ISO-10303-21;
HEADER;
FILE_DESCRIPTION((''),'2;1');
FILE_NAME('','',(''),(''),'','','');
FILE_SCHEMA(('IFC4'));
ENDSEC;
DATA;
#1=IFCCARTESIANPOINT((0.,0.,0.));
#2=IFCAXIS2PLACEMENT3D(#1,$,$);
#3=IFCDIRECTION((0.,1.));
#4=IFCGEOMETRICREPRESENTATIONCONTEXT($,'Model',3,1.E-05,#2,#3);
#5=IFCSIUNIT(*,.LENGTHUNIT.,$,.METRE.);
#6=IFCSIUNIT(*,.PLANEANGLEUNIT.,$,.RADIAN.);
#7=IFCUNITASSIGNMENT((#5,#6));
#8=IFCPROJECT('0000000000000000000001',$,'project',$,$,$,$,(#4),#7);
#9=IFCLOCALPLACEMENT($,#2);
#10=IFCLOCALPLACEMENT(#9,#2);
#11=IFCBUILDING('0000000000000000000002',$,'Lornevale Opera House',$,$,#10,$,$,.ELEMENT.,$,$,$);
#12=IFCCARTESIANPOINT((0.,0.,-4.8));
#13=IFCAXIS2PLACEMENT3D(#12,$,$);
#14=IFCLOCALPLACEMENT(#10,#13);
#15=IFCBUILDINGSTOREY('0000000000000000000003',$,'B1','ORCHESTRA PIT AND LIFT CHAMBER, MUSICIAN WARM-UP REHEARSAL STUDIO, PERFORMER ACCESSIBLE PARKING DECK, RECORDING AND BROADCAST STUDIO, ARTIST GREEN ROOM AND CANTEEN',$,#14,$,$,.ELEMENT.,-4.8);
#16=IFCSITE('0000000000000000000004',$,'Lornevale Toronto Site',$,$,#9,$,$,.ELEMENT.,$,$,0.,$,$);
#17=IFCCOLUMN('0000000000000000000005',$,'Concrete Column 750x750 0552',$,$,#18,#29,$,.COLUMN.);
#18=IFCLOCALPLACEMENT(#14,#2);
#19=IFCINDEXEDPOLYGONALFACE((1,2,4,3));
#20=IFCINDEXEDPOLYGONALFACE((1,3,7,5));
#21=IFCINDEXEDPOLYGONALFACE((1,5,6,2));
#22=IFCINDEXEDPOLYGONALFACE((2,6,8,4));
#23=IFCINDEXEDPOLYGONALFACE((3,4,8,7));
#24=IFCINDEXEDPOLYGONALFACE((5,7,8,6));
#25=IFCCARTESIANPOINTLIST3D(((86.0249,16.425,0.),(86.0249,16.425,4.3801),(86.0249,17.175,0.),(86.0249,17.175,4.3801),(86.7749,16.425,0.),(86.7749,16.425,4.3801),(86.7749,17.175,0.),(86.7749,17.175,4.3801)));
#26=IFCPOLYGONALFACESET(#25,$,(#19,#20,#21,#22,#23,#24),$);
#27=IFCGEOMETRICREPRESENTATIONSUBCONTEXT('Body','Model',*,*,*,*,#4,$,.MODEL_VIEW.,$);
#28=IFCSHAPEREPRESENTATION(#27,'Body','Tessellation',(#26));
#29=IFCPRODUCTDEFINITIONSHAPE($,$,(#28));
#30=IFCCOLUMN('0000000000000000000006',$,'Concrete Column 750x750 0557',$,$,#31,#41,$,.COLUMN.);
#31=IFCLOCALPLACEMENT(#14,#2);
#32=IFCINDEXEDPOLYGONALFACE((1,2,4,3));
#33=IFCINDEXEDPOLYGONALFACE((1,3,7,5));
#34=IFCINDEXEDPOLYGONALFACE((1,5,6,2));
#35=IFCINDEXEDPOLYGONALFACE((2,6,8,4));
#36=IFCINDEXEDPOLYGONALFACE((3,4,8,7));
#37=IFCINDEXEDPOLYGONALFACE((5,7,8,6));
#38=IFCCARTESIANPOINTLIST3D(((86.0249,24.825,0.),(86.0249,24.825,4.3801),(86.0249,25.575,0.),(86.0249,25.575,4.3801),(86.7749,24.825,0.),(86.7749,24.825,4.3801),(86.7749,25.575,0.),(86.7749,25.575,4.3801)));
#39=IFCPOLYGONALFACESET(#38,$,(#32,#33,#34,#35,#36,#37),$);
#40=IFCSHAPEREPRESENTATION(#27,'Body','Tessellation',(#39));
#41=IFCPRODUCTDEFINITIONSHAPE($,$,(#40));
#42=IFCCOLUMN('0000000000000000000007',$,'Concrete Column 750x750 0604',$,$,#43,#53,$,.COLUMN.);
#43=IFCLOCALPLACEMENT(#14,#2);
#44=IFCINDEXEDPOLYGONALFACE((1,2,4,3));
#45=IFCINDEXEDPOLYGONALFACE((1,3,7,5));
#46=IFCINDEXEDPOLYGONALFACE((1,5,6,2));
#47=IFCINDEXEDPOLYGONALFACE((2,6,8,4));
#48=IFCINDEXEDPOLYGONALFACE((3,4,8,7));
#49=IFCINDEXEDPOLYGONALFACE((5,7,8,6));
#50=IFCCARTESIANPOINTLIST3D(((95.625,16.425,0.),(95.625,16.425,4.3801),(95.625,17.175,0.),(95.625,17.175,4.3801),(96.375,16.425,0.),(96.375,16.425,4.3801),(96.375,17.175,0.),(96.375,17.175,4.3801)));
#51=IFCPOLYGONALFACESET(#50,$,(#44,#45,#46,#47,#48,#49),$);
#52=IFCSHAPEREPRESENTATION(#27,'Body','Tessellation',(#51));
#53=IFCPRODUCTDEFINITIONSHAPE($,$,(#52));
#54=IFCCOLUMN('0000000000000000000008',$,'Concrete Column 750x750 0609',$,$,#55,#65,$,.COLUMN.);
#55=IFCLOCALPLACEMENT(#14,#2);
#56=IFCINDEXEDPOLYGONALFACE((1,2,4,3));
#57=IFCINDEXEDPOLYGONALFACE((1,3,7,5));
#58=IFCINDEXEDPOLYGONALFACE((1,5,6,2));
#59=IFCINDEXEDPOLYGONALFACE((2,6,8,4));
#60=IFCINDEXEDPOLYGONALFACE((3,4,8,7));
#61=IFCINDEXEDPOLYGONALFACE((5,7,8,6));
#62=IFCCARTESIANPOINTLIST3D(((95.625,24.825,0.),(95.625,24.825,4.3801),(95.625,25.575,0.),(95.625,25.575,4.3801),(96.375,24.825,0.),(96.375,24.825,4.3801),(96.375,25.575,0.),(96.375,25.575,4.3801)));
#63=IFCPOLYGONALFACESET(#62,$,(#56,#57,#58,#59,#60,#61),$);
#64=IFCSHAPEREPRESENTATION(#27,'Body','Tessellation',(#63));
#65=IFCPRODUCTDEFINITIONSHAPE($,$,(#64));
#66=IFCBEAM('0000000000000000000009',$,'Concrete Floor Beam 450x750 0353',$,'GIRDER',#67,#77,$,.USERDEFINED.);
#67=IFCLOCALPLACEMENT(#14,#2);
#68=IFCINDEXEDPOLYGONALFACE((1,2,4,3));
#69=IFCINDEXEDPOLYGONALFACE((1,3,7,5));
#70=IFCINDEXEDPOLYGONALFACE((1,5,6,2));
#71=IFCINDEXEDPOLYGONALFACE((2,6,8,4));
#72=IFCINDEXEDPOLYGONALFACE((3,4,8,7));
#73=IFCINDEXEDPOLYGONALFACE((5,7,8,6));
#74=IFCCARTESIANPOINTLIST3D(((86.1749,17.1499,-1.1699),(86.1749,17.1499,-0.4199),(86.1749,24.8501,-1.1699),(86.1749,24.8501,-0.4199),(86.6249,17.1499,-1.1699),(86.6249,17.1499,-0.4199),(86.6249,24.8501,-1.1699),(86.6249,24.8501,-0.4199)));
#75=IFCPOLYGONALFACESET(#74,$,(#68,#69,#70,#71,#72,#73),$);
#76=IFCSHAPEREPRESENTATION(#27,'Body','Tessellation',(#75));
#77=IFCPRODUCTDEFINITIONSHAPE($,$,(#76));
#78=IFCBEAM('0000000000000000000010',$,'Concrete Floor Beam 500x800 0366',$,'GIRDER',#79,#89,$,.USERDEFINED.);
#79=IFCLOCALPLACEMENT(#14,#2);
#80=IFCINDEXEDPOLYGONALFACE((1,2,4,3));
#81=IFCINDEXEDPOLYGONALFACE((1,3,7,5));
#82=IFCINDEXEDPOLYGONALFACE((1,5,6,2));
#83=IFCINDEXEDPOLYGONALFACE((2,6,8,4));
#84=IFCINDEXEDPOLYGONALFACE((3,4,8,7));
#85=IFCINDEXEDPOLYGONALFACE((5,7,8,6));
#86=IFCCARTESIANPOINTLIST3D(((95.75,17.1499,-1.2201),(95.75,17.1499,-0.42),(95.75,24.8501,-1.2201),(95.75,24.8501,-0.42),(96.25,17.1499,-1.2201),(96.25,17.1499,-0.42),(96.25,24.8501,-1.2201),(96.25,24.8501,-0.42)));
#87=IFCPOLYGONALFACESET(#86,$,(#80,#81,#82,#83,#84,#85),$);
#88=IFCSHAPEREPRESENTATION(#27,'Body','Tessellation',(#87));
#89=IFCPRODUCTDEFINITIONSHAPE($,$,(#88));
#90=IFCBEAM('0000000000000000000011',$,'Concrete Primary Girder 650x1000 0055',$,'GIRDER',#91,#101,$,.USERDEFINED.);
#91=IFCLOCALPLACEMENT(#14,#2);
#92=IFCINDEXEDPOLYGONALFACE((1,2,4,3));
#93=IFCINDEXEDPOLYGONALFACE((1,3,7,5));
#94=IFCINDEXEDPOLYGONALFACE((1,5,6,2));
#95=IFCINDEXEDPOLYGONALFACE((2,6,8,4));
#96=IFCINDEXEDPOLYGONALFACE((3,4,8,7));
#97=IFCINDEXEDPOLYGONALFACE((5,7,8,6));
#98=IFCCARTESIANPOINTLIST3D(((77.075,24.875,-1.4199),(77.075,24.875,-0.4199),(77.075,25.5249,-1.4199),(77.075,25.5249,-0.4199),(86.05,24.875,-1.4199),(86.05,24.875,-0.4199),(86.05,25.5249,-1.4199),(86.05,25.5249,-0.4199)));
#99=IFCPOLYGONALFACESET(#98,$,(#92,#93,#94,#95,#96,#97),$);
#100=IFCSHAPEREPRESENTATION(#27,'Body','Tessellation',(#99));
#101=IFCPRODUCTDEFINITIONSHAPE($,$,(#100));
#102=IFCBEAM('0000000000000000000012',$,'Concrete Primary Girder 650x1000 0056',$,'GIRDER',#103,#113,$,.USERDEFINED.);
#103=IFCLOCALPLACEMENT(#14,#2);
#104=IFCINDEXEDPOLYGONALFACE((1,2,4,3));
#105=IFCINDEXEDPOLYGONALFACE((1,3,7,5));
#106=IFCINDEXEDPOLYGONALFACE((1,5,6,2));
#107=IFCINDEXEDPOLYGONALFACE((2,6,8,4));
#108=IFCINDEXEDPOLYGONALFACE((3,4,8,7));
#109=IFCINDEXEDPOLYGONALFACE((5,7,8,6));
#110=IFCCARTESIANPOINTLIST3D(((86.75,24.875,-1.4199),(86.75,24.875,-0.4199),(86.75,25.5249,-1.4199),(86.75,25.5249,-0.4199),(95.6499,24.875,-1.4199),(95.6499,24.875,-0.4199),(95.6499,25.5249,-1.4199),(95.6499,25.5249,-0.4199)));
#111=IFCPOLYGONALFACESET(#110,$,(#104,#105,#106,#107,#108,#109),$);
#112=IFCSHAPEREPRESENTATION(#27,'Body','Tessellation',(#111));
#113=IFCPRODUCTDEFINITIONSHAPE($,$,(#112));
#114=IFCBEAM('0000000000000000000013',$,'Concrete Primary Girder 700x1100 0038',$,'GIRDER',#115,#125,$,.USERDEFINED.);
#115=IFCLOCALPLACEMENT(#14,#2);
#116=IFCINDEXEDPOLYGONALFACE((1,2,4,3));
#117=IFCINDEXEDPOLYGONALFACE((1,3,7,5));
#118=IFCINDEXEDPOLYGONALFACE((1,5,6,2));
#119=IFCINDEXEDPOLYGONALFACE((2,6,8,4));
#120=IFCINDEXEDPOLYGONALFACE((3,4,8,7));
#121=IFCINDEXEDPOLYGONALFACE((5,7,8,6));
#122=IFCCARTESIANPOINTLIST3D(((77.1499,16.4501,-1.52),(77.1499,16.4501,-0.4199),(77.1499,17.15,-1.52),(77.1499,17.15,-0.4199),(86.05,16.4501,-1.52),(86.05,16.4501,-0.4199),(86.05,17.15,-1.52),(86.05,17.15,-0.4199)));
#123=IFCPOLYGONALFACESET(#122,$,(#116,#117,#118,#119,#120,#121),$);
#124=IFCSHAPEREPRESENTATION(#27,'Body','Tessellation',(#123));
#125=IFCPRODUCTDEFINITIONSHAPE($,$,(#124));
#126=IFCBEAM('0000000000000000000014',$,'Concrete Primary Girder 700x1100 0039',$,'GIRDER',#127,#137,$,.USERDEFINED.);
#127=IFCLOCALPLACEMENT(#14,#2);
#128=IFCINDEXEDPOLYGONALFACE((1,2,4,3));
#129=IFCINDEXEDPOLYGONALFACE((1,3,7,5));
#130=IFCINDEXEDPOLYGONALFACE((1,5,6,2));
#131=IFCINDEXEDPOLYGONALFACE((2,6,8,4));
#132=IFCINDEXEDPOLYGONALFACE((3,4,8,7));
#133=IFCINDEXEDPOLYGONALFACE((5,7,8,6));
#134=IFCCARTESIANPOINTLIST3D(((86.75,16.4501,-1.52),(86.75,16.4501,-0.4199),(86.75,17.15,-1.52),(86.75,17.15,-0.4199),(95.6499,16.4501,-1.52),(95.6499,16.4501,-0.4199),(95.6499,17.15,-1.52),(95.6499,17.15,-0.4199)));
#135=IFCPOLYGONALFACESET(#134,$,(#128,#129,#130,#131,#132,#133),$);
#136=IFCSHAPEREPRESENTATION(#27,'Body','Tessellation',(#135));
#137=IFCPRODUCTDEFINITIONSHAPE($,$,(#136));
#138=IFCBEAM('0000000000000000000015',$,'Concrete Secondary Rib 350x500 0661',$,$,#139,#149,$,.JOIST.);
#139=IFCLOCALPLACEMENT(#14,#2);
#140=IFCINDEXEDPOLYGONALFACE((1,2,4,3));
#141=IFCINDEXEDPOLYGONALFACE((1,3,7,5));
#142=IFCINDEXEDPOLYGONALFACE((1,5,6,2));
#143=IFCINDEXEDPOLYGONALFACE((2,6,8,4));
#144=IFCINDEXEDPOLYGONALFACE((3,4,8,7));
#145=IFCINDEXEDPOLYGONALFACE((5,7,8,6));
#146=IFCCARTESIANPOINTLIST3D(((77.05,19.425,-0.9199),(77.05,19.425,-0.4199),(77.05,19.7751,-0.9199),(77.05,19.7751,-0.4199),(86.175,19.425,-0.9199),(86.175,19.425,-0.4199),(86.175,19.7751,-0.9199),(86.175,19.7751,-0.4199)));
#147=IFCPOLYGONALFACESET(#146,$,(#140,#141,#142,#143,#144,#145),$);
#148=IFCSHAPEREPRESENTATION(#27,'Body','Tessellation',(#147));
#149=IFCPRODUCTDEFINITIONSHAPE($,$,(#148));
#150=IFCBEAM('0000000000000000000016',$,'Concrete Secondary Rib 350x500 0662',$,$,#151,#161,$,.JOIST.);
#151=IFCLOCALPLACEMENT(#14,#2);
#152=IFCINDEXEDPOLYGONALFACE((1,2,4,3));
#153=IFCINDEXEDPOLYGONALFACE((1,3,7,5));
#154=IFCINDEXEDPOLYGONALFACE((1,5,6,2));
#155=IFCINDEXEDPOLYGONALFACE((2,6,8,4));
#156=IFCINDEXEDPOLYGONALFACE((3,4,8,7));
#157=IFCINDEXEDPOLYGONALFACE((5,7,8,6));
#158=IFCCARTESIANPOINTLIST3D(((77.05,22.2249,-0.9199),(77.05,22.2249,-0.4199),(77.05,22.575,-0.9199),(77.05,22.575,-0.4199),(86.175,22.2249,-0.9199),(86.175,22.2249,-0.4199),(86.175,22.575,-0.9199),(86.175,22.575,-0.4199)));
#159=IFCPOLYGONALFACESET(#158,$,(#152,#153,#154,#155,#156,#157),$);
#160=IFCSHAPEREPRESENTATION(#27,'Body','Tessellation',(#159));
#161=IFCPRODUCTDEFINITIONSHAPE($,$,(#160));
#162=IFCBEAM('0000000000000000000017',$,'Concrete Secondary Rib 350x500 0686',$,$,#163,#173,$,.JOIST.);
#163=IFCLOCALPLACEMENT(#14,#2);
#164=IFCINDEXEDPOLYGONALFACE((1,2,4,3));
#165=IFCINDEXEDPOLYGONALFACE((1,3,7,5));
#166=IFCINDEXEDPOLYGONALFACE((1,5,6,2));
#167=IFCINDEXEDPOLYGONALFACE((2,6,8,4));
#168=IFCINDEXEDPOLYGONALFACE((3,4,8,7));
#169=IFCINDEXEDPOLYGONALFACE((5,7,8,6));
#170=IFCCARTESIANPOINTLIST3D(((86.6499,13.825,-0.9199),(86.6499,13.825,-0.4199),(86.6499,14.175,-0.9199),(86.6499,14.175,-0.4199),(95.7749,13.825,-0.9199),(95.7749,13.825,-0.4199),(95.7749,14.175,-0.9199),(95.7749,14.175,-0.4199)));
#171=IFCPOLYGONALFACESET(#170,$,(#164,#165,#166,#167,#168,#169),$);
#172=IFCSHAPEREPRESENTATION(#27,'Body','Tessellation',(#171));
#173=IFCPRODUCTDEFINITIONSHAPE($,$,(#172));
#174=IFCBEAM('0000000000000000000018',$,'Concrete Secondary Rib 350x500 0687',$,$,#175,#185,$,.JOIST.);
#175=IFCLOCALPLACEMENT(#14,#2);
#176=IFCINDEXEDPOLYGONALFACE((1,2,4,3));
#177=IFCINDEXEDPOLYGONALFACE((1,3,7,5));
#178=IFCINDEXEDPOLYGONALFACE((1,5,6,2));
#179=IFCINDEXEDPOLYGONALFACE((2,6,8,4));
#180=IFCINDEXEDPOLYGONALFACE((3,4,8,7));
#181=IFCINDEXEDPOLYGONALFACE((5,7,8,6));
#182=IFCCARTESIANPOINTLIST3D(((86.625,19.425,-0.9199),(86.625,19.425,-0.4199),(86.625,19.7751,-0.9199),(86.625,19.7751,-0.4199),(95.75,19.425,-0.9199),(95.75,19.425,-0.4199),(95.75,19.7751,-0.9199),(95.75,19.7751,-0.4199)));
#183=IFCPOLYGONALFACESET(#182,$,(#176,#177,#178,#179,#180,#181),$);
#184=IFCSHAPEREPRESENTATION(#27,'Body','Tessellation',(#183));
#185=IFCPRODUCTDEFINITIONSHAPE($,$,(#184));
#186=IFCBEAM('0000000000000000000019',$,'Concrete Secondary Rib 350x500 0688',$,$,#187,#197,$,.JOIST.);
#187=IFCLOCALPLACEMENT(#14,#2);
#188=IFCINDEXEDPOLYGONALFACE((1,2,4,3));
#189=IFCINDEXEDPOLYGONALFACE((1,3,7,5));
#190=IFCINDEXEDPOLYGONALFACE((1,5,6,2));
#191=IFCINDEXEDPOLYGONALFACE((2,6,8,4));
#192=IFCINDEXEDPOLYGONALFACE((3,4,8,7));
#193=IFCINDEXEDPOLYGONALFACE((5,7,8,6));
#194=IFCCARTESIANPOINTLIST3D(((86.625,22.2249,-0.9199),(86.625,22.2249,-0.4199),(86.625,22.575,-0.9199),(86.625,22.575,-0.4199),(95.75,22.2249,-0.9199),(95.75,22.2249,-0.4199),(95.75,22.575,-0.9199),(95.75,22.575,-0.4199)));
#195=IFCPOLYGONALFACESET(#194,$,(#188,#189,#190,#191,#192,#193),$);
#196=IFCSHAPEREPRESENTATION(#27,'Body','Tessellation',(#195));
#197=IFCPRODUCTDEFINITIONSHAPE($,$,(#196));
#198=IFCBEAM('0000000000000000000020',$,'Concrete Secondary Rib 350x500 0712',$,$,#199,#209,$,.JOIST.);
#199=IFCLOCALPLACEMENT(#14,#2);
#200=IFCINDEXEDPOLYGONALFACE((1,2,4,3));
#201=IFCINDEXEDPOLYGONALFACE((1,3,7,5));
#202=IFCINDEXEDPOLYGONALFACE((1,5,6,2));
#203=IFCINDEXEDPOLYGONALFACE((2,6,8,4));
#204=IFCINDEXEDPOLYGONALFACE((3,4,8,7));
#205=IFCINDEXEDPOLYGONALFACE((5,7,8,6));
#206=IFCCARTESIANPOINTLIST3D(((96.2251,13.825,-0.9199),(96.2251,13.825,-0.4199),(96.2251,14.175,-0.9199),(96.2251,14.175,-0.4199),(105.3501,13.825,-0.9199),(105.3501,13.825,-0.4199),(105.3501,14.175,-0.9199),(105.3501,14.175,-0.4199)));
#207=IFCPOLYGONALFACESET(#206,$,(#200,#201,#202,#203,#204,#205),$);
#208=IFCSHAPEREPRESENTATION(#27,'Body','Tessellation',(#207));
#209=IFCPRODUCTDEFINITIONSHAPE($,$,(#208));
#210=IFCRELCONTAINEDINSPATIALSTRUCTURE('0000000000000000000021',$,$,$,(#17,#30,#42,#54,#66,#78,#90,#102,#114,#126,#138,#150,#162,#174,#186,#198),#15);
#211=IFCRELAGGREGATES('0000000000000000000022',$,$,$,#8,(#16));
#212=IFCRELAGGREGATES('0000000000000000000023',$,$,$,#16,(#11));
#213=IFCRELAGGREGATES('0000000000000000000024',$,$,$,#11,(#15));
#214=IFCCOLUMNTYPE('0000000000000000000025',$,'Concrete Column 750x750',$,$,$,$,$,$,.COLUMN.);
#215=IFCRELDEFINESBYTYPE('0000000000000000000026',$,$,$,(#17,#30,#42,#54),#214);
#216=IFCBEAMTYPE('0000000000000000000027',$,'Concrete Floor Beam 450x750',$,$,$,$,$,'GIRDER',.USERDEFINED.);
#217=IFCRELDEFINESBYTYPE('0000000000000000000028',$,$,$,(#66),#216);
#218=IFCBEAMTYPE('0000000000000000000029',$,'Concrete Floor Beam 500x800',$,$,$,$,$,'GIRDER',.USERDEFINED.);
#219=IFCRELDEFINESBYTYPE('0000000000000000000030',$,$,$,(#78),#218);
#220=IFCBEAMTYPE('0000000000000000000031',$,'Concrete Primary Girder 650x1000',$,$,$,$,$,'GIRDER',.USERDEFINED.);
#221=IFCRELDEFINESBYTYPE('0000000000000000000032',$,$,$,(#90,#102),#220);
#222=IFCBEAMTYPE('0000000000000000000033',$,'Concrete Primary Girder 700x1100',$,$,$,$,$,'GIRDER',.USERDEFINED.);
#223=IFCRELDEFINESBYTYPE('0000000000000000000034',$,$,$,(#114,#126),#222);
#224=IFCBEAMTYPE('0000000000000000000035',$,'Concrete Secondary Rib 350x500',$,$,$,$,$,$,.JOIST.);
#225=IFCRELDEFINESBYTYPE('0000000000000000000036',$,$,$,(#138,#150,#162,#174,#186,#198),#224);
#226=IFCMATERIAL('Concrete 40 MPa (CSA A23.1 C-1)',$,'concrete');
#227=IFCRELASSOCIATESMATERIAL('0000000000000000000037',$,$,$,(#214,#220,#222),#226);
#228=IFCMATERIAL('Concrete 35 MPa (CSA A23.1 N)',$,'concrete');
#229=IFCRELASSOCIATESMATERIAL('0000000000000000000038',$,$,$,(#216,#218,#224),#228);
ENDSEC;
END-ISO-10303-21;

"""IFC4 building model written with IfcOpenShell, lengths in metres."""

from ifc_helpers import new_model, si_unit, direction, frame, origin, origin_2d, place, context, subcontext, project, spatial, rectangle, extrude, material, material_profile, profile_set, type_object, element, save


model = new_model("IFC4")

# Units and contexts
model_context = context("Model", 3, precision=1e-05, world=origin(), true_north=direction((0.0, 1.0)))
body_context = subcontext(model_context, "Body", "Model", "MODEL_VIEW")
ifc_project = project(units=[si_unit("LENGTHUNIT", "METRE"), si_unit("PLANEANGLEUNIT", "RADIAN")], contexts=[model_context])

# Site, building, storey
site_placement = place(None, origin())
site = spatial("IfcSite", under=ifc_project, at=site_placement, Name="Lornevale Toronto Site", CompositionType="ELEMENT", RefElevation=0.0)
building_placement = place(site_placement, origin())
building = spatial("IfcBuilding", under=site, at=building_placement, Name="Lornevale Opera House", CompositionType="ELEMENT")
storey_placement = place(building_placement, frame((0.0, 0.0, -4.8)))
storey = spatial("IfcBuildingStorey", under=building, at=storey_placement, Name="B1", Description="ORCHESTRA PIT AND LIFT CHAMBER, MUSICIAN WARM-UP REHEARSAL STUDIO, PERFORMER ACCESSIBLE PARKING DECK, RECORDING AND BROADCAST STUDIO, ARTIST GREEN ROOM AND CANTEEN", CompositionType="ELEMENT", Elevation=-4.8)

# Columns
ifc_material_1 = material(Name="Concrete 40 MPa (CSA A23.1 C-1)", Category="concrete")
ifc_material_profile_1 = material_profile(ifc_material_1, rectangle(XDim=0.75, YDim=0.75, at=origin_2d()), Name="RC750x750")
ifc_profile_set_1 = profile_set([ifc_material_profile_1], Name="Concrete 40 MPa (CSA A23.1 C-1)")
column_type = type_object("IfcColumnType", Name="Concrete Column 750x750", PredefinedType="COLUMN", material=ifc_profile_set_1)
for number, where, z_axis, x_axis, name in (
    (1, (86.3999, 16.8, 0.0), (0.0, 0.0, 1.0), (1.0, 0.0, 0.0), "Concrete Column 750x750 0552"),
    (2, (86.3999, 25.2, 0.0), (0.0, 0.0, 1.0), (1.0, 0.0, 0.0), "Concrete Column 750x750 0557"),
    (3, (96.0, 16.8, 0.0), (0.0, 0.0, 1.0), (1.0, 0.0, 0.0), "Concrete Column 750x750 0604"),
    (4, (96.0, 25.2, 0.0), (0.0, 0.0, 1.0), (1.0, 0.0, 0.0), "Concrete Column 750x750 0609"),
):
    element("IfcColumn", number, at=place(storey_placement, frame(where, z_axis=z_axis, x_axis=x_axis)), inside=storey, type_object=column_type, Name=name, PredefinedType="COLUMN", context=body_context, shape_type="SweptSolid", body=[
        extrude(rectangle(XDim=0.75, YDim=0.75, at=origin_2d()), origin(), (0.0, 0.0, 1.0), 4.3801),
    ])

# Beams
ifc_material_2 = material(Name="Concrete 35 MPa (CSA A23.1 N)", Category="concrete")
ifc_material_profile_2 = material_profile(ifc_material_2, rectangle(XDim=0.45, YDim=0.75, at=origin_2d()), Name="RC450x750")
ifc_profile_set_2 = profile_set([ifc_material_profile_2], Name="Concrete 35 MPa (CSA A23.1 N)")
beam_type_1 = type_object("IfcBeamType", Name="Concrete Floor Beam 450x750", ElementType="GIRDER", PredefinedType="USERDEFINED", material=ifc_profile_set_2)
beam_1_placement = place(storey_placement, frame((86.3999, 17.1499, -0.7949), z_axis=(0.0, 1.0, 0.0), x_axis=(-1.0, 0.0, 0.0)))
element("IfcBeam", 5, at=beam_1_placement, inside=storey, type_object=beam_type_1, Name="Concrete Floor Beam 450x750 0353", ObjectType="GIRDER", PredefinedType="USERDEFINED", context=body_context, shape_type="SweptSolid", body=[
    extrude(rectangle(XDim=0.45, YDim=0.75, at=origin_2d()), origin(), (0.0, 0.0, 1.0), 7.7002),
])
ifc_material_profile_3 = material_profile(ifc_material_2, rectangle(XDim=0.5, YDim=0.8, at=origin_2d()), Name="RC500x800")
ifc_profile_set_3 = profile_set([ifc_material_profile_3], Name="Concrete 35 MPa (CSA A23.1 N)")
beam_type_2 = type_object("IfcBeamType", Name="Concrete Floor Beam 500x800", ElementType="GIRDER", PredefinedType="USERDEFINED", material=ifc_profile_set_3)
beam_2_placement = place(storey_placement, frame((96.0, 17.1499, -0.8201), z_axis=(0.0, 1.0, 0.0), x_axis=(-1.0, 0.0, 0.0)))
element("IfcBeam", 6, at=beam_2_placement, inside=storey, type_object=beam_type_2, Name="Concrete Floor Beam 500x800 0366", ObjectType="GIRDER", PredefinedType="USERDEFINED", context=body_context, shape_type="SweptSolid", body=[
    extrude(rectangle(XDim=0.5, YDim=0.8, at=origin_2d()), origin(), (0.0, 0.0, 1.0), 7.7002),
])
ifc_material_profile_4 = material_profile(ifc_material_1, rectangle(XDim=0.6499, YDim=1.0, at=origin_2d()), Name="RC650x1000")
ifc_profile_set_4 = profile_set([ifc_material_profile_4], Name="Concrete 40 MPa (CSA A23.1 C-1)")
beam_type_3 = type_object("IfcBeamType", Name="Concrete Primary Girder 650x1000", ElementType="GIRDER", PredefinedType="USERDEFINED", material=ifc_profile_set_4)
beam_3_placement = place(storey_placement, frame((77.075, 25.2, -0.9199), z_axis=(1.0, 0.0, 0.0), x_axis=(0.0, 1.0, 0.0)))
element("IfcBeam", 7, at=beam_3_placement, inside=storey, type_object=beam_type_3, Name="Concrete Primary Girder 650x1000 0055", ObjectType="GIRDER", PredefinedType="USERDEFINED", context=body_context, shape_type="SweptSolid", body=[
    extrude(rectangle(XDim=0.6499, YDim=1.0, at=origin_2d()), origin(), (0.0, 0.0, 1.0), 8.9751),
])
beam_4_placement = place(storey_placement, frame((86.75, 25.2, -0.9199), z_axis=(1.0, 0.0, 0.0), x_axis=(0.0, 1.0, 0.0)))
element("IfcBeam", 8, at=beam_4_placement, inside=storey, type_object=beam_type_3, Name="Concrete Primary Girder 650x1000 0056", ObjectType="GIRDER", PredefinedType="USERDEFINED", context=body_context, shape_type="SweptSolid", body=[
    extrude(rectangle(XDim=0.6499, YDim=1.0, at=origin_2d()), origin(), (0.0, 0.0, 1.0), 8.8999),
])
ifc_material_profile_5 = material_profile(ifc_material_1, rectangle(XDim=0.7, YDim=1.1001, at=origin_2d()), Name="RC700x1100")
ifc_profile_set_5 = profile_set([ifc_material_profile_5], Name="Concrete 40 MPa (CSA A23.1 C-1)")
beam_type_4 = type_object("IfcBeamType", Name="Concrete Primary Girder 700x1100", ElementType="GIRDER", PredefinedType="USERDEFINED", material=ifc_profile_set_5)
beam_5_placement = place(storey_placement, frame((77.1499, 16.8, -0.97), z_axis=(1.0, 0.0, 0.0), x_axis=(0.0, 1.0, 0.0)))
element("IfcBeam", 9, at=beam_5_placement, inside=storey, type_object=beam_type_4, Name="Concrete Primary Girder 700x1100 0038", ObjectType="GIRDER", PredefinedType="USERDEFINED", context=body_context, shape_type="SweptSolid", body=[
    extrude(rectangle(XDim=0.7, YDim=1.1001, at=origin_2d()), origin(), (0.0, 0.0, 1.0), 8.9001),
])
beam_6_placement = place(storey_placement, frame((86.75, 16.8, -0.97), z_axis=(1.0, 0.0, 0.0), x_axis=(0.0, 1.0, 0.0)))
element("IfcBeam", 10, at=beam_6_placement, inside=storey, type_object=beam_type_4, Name="Concrete Primary Girder 700x1100 0039", ObjectType="GIRDER", PredefinedType="USERDEFINED", context=body_context, shape_type="SweptSolid", body=[
    extrude(rectangle(XDim=0.7, YDim=1.1001, at=origin_2d()), origin(), (0.0, 0.0, 1.0), 8.8999),
])
ifc_material_profile_6 = material_profile(ifc_material_2, rectangle(XDim=0.3501, YDim=0.5, at=origin_2d()), Name="RC350x500")
ifc_profile_set_6 = profile_set([ifc_material_profile_6], Name="Concrete 35 MPa (CSA A23.1 N)")
beam_type_5 = type_object("IfcBeamType", Name="Concrete Secondary Rib 350x500", PredefinedType="JOIST", material=ifc_profile_set_6)
for number, where, z_axis, x_axis, name in (
    (11, (77.05, 19.6001, -0.6699), (1.0, 0.0, 0.0), (0.0, 1.0, 0.0), "Concrete Secondary Rib 350x500 0661"),
    (12, (77.05, 22.3999, -0.6699), (1.0, 0.0, 0.0), (0.0, 1.0, 0.0), "Concrete Secondary Rib 350x500 0662"),
    (13, (86.6499, 14.0, -0.6699), (1.0, 0.0, 0.0), (0.0, 1.0, 0.0), "Concrete Secondary Rib 350x500 0686"),
    (14, (86.625, 19.6001, -0.6699), (1.0, 0.0, 0.0), (0.0, 1.0, 0.0), "Concrete Secondary Rib 350x500 0687"),
    (15, (86.625, 22.3999, -0.6699), (1.0, 0.0, 0.0), (0.0, 1.0, 0.0), "Concrete Secondary Rib 350x500 0688"),
    (16, (96.2251, 14.0, -0.6699), (1.0, 0.0, 0.0), (0.0, 1.0, 0.0), "Concrete Secondary Rib 350x500 0712"),
):
    element("IfcBeam", number, at=place(storey_placement, frame(where, z_axis=z_axis, x_axis=x_axis)), inside=storey, type_object=beam_type_5, Name=name, PredefinedType="JOIST", context=body_context, shape_type="SweptSolid", body=[
        extrude(rectangle(XDim=0.3501, YDim=0.5, at=origin_2d()), origin(), (0.0, 0.0, 1.0), 9.125),
    ])

save(model, "model.ifc")
